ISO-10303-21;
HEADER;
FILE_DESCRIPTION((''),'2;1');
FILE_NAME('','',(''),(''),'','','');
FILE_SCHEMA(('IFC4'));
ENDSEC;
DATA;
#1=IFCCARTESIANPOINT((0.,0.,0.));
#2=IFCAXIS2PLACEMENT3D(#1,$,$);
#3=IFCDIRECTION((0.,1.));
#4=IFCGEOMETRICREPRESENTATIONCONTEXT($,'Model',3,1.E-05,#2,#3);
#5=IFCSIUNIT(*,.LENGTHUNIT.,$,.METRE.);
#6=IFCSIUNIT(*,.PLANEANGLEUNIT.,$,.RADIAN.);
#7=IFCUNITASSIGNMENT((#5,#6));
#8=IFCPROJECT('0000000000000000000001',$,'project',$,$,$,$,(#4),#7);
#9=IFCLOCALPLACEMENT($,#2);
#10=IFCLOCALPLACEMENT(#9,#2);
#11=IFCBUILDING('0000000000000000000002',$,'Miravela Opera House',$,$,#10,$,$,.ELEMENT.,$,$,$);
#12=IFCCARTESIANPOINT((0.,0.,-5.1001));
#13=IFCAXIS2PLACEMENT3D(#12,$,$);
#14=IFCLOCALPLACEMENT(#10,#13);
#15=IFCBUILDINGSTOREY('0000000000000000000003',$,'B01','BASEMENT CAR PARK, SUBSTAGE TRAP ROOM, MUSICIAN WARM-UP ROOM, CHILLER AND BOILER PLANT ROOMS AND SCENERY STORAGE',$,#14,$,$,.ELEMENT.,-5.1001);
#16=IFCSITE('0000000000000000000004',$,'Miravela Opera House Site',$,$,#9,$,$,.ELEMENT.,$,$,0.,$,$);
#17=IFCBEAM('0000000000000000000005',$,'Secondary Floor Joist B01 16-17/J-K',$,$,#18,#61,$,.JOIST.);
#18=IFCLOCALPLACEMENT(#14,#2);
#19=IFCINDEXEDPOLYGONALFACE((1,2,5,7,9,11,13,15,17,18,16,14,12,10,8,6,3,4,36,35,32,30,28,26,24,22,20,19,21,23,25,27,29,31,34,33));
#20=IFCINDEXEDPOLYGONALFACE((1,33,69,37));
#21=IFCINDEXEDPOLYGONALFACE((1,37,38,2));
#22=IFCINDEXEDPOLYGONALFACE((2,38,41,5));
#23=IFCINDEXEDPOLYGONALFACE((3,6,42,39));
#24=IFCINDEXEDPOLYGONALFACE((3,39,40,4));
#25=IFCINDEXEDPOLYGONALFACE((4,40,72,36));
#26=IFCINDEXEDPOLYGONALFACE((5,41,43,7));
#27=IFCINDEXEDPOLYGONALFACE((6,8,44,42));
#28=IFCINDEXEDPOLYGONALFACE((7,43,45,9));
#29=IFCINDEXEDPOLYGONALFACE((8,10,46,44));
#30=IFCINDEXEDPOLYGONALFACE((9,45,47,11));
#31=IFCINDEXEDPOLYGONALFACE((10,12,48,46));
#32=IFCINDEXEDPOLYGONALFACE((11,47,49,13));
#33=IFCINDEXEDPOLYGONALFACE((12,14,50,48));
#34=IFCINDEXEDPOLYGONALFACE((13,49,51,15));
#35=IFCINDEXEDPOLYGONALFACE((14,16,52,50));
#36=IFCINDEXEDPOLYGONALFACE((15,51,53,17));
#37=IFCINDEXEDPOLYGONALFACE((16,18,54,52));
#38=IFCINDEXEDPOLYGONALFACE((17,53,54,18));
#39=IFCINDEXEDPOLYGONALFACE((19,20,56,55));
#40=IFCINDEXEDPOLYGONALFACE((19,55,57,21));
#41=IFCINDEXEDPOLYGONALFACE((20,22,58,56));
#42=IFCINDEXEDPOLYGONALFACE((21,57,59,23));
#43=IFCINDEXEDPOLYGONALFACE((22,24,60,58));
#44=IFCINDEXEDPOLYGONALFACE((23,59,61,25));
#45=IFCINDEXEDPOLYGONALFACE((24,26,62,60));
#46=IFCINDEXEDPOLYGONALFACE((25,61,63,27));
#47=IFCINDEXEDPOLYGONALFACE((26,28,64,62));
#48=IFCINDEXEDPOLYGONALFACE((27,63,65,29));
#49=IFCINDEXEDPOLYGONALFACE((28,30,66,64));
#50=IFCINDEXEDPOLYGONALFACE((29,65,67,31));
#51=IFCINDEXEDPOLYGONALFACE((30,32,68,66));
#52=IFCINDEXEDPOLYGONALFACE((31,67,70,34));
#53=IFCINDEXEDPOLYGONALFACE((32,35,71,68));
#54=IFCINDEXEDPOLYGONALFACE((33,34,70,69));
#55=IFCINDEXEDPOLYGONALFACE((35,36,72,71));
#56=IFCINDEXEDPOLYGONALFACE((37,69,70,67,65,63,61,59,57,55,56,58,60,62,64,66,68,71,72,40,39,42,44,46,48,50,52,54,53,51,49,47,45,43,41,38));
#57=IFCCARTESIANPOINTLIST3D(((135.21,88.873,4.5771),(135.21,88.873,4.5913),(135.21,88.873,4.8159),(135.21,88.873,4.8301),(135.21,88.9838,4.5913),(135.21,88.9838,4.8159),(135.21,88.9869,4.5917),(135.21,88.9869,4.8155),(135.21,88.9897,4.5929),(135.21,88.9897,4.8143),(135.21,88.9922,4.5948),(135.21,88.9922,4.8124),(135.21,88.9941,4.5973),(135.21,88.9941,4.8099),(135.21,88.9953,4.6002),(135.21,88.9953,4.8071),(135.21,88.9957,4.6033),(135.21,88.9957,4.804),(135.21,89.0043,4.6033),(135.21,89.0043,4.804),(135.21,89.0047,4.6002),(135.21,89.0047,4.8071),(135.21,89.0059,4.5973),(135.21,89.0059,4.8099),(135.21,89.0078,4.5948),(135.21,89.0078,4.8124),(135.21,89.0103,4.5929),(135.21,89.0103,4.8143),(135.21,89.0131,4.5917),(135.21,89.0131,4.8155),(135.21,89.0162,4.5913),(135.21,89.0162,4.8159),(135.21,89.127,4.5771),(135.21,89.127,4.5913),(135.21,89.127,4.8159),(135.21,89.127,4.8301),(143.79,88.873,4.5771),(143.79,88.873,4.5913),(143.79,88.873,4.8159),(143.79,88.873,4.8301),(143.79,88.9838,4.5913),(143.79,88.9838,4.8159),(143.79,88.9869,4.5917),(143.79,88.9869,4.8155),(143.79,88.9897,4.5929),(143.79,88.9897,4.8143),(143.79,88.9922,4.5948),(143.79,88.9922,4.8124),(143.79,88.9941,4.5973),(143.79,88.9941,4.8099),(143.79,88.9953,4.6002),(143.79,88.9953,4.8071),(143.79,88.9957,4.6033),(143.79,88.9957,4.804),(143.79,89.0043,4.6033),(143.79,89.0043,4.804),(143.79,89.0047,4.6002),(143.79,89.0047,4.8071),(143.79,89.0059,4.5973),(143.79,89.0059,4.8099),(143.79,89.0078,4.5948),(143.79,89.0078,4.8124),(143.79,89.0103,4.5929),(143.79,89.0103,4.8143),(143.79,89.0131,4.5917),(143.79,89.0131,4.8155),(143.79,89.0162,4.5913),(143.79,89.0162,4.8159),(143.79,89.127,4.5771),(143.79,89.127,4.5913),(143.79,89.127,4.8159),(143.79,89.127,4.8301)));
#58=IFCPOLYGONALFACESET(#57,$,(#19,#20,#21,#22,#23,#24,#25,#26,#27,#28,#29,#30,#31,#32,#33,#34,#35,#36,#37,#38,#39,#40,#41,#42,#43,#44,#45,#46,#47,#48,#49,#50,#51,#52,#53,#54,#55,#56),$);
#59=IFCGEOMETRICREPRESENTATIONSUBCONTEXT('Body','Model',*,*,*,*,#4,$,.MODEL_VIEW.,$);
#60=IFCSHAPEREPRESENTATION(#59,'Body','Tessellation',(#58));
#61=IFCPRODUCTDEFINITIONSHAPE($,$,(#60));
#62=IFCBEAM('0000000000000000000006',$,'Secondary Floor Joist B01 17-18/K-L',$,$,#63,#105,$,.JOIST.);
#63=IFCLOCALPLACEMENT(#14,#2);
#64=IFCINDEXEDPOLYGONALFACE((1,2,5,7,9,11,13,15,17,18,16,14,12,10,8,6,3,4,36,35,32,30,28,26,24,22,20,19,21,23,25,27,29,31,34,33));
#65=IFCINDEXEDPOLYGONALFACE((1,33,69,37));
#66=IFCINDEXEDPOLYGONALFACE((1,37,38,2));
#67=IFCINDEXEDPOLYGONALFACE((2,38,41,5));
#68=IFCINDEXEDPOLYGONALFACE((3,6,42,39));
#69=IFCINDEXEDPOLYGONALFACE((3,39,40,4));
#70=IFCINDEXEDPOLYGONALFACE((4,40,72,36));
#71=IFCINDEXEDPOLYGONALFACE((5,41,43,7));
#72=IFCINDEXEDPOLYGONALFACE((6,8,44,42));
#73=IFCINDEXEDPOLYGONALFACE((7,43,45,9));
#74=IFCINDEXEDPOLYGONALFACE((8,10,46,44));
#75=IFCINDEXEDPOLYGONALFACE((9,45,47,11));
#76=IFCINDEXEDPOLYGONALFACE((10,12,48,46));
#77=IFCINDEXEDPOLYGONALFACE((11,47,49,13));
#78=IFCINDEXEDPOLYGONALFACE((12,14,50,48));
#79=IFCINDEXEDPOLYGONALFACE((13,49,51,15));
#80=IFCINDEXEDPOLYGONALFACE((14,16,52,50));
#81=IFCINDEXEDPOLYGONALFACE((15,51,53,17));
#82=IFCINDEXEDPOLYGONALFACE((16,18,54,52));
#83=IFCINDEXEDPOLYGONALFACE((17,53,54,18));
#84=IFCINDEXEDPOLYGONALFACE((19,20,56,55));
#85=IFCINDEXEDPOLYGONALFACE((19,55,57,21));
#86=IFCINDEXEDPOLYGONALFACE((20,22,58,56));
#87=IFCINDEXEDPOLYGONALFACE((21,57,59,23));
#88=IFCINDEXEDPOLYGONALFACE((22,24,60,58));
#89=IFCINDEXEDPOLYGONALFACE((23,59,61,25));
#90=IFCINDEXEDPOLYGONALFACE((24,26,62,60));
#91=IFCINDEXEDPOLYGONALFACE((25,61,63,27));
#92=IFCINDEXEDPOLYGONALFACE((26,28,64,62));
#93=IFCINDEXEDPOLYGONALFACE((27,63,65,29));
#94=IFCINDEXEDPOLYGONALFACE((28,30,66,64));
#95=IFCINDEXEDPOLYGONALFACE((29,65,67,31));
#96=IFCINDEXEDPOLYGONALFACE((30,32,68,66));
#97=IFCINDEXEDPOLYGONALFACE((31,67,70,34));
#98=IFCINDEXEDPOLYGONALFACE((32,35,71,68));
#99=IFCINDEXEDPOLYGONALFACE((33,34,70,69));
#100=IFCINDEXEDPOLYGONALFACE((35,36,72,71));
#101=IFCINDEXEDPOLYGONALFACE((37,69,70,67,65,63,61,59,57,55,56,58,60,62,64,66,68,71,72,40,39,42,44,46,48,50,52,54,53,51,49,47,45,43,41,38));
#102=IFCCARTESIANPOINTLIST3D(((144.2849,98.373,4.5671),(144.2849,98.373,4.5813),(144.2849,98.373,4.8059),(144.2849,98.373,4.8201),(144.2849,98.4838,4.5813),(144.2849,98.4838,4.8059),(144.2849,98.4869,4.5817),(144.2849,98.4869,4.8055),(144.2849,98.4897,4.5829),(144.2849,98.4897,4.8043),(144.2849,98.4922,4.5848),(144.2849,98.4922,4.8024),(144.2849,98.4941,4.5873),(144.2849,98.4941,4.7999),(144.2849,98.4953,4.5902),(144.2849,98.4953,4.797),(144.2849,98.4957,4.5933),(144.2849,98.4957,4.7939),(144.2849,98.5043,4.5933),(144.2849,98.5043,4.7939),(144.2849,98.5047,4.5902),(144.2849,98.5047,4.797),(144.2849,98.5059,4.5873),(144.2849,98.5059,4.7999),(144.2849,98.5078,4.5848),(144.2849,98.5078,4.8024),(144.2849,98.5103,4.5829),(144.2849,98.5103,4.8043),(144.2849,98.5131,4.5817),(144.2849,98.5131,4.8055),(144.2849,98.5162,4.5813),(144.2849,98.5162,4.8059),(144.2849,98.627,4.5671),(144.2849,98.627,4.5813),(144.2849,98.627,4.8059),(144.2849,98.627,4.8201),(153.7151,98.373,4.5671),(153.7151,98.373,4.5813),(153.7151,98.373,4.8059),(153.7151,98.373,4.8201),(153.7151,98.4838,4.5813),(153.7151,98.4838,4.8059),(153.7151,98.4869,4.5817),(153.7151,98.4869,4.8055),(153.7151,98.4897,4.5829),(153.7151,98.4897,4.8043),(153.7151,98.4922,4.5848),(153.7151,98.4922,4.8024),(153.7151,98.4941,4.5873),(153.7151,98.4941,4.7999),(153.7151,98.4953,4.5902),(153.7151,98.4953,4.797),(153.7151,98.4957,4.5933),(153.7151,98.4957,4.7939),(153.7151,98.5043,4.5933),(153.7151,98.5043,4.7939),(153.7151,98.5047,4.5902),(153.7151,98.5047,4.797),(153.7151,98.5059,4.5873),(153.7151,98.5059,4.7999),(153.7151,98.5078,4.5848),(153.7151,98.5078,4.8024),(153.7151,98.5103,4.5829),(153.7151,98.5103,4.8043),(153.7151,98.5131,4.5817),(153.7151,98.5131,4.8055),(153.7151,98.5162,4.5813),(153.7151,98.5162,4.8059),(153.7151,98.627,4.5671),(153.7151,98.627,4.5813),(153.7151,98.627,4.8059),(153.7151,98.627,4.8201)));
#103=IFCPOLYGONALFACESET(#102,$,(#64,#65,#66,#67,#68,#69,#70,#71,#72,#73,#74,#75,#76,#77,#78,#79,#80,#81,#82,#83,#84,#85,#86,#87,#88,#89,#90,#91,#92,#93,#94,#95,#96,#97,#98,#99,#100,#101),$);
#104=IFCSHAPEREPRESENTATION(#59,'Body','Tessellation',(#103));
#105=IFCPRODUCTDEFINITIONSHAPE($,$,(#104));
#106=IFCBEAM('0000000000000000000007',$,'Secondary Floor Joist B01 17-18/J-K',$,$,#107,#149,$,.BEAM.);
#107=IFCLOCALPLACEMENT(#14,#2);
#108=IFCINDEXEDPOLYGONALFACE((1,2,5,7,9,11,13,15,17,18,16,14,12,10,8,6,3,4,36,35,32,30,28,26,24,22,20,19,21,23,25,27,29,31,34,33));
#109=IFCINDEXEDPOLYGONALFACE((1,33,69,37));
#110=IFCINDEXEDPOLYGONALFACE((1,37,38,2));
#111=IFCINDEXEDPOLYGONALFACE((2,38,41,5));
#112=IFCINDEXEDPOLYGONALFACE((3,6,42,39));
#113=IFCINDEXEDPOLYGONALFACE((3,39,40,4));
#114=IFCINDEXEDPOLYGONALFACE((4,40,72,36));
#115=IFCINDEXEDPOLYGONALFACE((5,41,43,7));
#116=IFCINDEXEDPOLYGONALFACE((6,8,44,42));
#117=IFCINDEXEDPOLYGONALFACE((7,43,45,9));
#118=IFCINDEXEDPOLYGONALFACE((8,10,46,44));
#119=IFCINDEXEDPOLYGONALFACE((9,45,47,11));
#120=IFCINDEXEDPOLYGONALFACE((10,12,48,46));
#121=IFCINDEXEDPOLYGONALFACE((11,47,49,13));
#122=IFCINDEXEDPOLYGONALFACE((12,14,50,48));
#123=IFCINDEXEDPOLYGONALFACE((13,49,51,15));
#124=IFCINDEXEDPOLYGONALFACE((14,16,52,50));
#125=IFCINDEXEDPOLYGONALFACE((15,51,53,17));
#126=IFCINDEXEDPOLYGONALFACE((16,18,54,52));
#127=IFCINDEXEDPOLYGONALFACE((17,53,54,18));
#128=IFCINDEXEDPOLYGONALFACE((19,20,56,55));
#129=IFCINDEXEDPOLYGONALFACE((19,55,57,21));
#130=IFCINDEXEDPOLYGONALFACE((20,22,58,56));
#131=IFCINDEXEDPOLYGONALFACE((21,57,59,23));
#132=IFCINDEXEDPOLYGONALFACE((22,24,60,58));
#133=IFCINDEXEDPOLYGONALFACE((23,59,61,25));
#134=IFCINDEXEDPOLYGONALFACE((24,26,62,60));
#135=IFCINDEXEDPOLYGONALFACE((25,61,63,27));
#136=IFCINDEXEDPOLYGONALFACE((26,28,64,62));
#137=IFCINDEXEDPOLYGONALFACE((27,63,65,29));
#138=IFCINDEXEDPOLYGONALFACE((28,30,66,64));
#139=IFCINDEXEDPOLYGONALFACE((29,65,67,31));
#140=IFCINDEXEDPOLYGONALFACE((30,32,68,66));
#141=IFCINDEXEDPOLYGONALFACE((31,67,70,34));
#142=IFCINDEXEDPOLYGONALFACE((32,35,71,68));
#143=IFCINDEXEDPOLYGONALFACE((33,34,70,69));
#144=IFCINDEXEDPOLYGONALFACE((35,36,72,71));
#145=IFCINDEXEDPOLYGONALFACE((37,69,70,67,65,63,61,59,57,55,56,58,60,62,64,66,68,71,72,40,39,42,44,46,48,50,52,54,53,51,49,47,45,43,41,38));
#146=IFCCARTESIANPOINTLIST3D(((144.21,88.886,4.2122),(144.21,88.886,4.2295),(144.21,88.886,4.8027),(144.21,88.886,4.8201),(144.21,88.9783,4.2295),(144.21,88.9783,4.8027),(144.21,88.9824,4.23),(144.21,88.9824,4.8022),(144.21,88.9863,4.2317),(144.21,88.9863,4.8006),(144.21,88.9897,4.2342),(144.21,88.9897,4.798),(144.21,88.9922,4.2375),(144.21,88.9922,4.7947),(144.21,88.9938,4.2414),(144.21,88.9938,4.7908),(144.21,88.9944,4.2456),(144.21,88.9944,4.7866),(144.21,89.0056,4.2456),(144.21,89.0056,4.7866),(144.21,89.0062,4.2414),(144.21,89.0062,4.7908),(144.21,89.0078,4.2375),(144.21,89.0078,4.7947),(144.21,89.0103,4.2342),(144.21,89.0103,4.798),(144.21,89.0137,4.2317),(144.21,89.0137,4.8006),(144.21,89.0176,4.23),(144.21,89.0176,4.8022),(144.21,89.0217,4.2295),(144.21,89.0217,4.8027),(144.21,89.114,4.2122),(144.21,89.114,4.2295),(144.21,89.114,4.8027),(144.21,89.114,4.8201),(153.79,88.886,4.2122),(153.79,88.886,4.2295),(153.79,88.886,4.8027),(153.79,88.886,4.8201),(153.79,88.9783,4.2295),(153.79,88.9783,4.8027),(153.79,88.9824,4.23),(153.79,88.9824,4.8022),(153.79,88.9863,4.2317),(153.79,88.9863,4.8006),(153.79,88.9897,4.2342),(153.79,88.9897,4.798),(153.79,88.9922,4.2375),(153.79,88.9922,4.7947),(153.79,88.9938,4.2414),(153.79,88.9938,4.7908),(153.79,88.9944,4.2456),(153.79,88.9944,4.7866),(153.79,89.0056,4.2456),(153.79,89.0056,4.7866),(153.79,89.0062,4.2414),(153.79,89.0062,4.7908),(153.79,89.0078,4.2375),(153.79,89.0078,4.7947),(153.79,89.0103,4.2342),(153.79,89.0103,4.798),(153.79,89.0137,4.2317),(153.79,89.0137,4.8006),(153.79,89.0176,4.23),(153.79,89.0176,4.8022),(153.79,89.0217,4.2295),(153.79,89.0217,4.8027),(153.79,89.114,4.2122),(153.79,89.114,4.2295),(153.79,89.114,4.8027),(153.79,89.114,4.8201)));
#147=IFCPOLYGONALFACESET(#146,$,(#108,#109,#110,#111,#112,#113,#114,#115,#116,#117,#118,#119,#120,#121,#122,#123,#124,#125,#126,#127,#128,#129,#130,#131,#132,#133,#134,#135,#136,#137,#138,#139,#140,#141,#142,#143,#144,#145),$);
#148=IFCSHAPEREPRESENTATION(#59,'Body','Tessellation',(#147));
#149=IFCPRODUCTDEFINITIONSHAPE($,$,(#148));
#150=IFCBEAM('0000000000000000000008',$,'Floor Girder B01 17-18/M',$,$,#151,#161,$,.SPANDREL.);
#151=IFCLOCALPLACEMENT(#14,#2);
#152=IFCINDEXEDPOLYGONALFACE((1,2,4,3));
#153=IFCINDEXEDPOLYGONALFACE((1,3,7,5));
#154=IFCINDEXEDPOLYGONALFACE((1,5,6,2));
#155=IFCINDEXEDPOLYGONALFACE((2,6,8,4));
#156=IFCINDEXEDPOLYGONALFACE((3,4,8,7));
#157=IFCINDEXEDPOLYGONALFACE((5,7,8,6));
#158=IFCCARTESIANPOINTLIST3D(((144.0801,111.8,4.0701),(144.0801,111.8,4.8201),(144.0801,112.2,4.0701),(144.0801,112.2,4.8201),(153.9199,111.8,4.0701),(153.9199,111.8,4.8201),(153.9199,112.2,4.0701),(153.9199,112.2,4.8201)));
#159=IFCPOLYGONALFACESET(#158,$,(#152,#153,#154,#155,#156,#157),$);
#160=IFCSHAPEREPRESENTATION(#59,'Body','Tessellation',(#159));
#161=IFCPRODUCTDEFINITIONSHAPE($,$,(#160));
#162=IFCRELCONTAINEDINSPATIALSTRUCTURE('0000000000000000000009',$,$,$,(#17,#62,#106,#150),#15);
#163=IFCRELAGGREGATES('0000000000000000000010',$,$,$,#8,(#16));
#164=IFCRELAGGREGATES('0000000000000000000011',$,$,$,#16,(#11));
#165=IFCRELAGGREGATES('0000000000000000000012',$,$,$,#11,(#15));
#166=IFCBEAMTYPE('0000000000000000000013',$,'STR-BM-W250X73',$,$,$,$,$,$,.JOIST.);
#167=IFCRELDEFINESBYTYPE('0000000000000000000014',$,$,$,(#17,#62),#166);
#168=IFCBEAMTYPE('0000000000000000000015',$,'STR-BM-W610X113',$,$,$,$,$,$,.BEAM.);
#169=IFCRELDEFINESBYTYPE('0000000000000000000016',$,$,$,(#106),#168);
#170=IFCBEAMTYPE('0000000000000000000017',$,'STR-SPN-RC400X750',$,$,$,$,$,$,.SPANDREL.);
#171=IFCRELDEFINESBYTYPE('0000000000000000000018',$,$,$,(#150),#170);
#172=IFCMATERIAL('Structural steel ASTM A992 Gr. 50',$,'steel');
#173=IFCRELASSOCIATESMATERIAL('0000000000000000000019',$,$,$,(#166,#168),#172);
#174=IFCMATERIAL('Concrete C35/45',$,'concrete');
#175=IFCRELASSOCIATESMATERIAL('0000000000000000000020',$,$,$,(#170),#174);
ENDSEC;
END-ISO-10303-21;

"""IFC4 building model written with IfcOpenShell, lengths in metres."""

from ifc_helpers import new_model, si_unit, direction, frame, origin, origin_2d, place, context, subcontext, project, spatial, rectangle, i_section, extrude, material, material_profile, profile_set, type_object, element, save


model = new_model("IFC4")

# Units and contexts
model_context = context("Model", 3, precision=1e-05, world=origin(), true_north=direction((0.0, 1.0)))
body_context = subcontext(model_context, "Body", "Model", "MODEL_VIEW")
ifc_project = project(units=[si_unit("LENGTHUNIT", "METRE"), si_unit("PLANEANGLEUNIT", "RADIAN")], contexts=[model_context])

# Site, building, storey
site_placement = place(None, origin())
site = spatial("IfcSite", under=ifc_project, at=site_placement, Name="Miravela Opera House Site", CompositionType="ELEMENT", RefElevation=0.0)
building_placement = place(site_placement, origin())
building = spatial("IfcBuilding", under=site, at=building_placement, Name="Miravela Opera House", CompositionType="ELEMENT")
storey_placement = place(building_placement, frame((0.0, 0.0, -5.1001)))
storey = spatial("IfcBuildingStorey", under=building, at=storey_placement, Name="B01", Description="BASEMENT CAR PARK, SUBSTAGE TRAP ROOM, MUSICIAN WARM-UP ROOM, CHILLER AND BOILER PLANT ROOMS AND SCENERY STORAGE", CompositionType="ELEMENT", Elevation=-5.1001)

# Shared definitions
ifc_material_1 = material(Name="Concrete C35/45", Category="concrete")

# Beams
ifc_material_2 = material(Name="Structural steel ASTM A992 Gr. 50", Category="steel")
ifc_material_profile_1 = material_profile(ifc_material_2, i_section(OverallWidth=0.2539, OverallDepth=0.2529, WebThickness=0.0085, FlangeThickness=0.0142, FilletRadius=0.012, at=origin_2d()), Name="W250X73")
ifc_profile_set_1 = profile_set([ifc_material_profile_1])
beam_type_1 = type_object("IfcBeamType", Name="STR-BM-W250X73", PredefinedType="JOIST", material=ifc_profile_set_1)
beam_1_placement = place(storey_placement, frame((135.21, 89.0, 4.7036), z_axis=(1.0, 0.0, 0.0), x_axis=(0.0, 1.0, 0.0)))
element("IfcBeam", 1, at=beam_1_placement, inside=storey, type_object=beam_type_1, Name="Secondary Floor Joist B01 16-17/J-K", PredefinedType="JOIST", context=body_context, shape_type="SweptSolid", body=[
    extrude(i_section(OverallWidth=0.2539, OverallDepth=0.2529, WebThickness=0.0085, FlangeThickness=0.0142, FilletRadius=0.012, at=origin_2d()), origin(), (0.0, 0.0, 1.0), 8.5801),
])
beam_2_placement = place(storey_placement, frame((144.2849, 98.5, 4.6936), z_axis=(1.0, 0.0, 0.0), x_axis=(0.0, 1.0, 0.0)))
element("IfcBeam", 2, at=beam_2_placement, inside=storey, type_object=beam_type_1, Name="Secondary Floor Joist B01 17-18/K-L", PredefinedType="JOIST", context=body_context, shape_type="SweptSolid", body=[
    extrude(i_section(OverallWidth=0.2539, OverallDepth=0.2529, WebThickness=0.0085, FlangeThickness=0.0142, FilletRadius=0.012, at=origin_2d()), origin(), (0.0, 0.0, 1.0), 9.4302),
])
ifc_material_profile_2 = material_profile(ifc_material_2, i_section(OverallWidth=0.228, OverallDepth=0.6079, WebThickness=0.0112, FlangeThickness=0.0173, FilletRadius=0.0161, at=origin_2d()), Name="W610X113")
ifc_profile_set_2 = profile_set([ifc_material_profile_2])
beam_type_2 = type_object("IfcBeamType", Name="STR-BM-W610X113", PredefinedType="BEAM", material=ifc_profile_set_2)
beam_3_placement = place(storey_placement, frame((144.21, 89.0, 4.5161), z_axis=(1.0, 0.0, 0.0), x_axis=(0.0, 1.0, 0.0)))
element("IfcBeam", 3, at=beam_3_placement, inside=storey, type_object=beam_type_2, Name="Secondary Floor Joist B01 17-18/J-K", PredefinedType="BEAM", context=body_context, shape_type="SweptSolid", body=[
    extrude(i_section(OverallWidth=0.228, OverallDepth=0.6079, WebThickness=0.0112, FlangeThickness=0.0173, FilletRadius=0.0161, at=origin_2d()), origin(), (0.0, 0.0, 1.0), 9.5801),
])
ifc_material_profile_3 = material_profile(ifc_material_1, rectangle(XDim=0.3999, YDim=0.75, at=origin_2d()), Name="RC-SPN-400X750")
ifc_profile_set_3 = profile_set([ifc_material_profile_3])
beam_type_3 = type_object("IfcBeamType", Name="STR-SPN-RC400X750", PredefinedType="SPANDREL", material=ifc_profile_set_3)
beam_4_placement = place(storey_placement, frame((144.0801, 112.0, 4.4451), z_axis=(1.0, 0.0, 0.0), x_axis=(0.0, 1.0, 0.0)))
element("IfcBeam", 4, at=beam_4_placement, inside=storey, type_object=beam_type_3, Name="Floor Girder B01 17-18/M", PredefinedType="SPANDREL", context=body_context, shape_type="SweptSolid", body=[
    extrude(rectangle(XDim=0.3999, YDim=0.75, at=origin_2d()), origin(), (0.0, 0.0, 1.0), 9.8398),
])

save(model, "model.ifc")
